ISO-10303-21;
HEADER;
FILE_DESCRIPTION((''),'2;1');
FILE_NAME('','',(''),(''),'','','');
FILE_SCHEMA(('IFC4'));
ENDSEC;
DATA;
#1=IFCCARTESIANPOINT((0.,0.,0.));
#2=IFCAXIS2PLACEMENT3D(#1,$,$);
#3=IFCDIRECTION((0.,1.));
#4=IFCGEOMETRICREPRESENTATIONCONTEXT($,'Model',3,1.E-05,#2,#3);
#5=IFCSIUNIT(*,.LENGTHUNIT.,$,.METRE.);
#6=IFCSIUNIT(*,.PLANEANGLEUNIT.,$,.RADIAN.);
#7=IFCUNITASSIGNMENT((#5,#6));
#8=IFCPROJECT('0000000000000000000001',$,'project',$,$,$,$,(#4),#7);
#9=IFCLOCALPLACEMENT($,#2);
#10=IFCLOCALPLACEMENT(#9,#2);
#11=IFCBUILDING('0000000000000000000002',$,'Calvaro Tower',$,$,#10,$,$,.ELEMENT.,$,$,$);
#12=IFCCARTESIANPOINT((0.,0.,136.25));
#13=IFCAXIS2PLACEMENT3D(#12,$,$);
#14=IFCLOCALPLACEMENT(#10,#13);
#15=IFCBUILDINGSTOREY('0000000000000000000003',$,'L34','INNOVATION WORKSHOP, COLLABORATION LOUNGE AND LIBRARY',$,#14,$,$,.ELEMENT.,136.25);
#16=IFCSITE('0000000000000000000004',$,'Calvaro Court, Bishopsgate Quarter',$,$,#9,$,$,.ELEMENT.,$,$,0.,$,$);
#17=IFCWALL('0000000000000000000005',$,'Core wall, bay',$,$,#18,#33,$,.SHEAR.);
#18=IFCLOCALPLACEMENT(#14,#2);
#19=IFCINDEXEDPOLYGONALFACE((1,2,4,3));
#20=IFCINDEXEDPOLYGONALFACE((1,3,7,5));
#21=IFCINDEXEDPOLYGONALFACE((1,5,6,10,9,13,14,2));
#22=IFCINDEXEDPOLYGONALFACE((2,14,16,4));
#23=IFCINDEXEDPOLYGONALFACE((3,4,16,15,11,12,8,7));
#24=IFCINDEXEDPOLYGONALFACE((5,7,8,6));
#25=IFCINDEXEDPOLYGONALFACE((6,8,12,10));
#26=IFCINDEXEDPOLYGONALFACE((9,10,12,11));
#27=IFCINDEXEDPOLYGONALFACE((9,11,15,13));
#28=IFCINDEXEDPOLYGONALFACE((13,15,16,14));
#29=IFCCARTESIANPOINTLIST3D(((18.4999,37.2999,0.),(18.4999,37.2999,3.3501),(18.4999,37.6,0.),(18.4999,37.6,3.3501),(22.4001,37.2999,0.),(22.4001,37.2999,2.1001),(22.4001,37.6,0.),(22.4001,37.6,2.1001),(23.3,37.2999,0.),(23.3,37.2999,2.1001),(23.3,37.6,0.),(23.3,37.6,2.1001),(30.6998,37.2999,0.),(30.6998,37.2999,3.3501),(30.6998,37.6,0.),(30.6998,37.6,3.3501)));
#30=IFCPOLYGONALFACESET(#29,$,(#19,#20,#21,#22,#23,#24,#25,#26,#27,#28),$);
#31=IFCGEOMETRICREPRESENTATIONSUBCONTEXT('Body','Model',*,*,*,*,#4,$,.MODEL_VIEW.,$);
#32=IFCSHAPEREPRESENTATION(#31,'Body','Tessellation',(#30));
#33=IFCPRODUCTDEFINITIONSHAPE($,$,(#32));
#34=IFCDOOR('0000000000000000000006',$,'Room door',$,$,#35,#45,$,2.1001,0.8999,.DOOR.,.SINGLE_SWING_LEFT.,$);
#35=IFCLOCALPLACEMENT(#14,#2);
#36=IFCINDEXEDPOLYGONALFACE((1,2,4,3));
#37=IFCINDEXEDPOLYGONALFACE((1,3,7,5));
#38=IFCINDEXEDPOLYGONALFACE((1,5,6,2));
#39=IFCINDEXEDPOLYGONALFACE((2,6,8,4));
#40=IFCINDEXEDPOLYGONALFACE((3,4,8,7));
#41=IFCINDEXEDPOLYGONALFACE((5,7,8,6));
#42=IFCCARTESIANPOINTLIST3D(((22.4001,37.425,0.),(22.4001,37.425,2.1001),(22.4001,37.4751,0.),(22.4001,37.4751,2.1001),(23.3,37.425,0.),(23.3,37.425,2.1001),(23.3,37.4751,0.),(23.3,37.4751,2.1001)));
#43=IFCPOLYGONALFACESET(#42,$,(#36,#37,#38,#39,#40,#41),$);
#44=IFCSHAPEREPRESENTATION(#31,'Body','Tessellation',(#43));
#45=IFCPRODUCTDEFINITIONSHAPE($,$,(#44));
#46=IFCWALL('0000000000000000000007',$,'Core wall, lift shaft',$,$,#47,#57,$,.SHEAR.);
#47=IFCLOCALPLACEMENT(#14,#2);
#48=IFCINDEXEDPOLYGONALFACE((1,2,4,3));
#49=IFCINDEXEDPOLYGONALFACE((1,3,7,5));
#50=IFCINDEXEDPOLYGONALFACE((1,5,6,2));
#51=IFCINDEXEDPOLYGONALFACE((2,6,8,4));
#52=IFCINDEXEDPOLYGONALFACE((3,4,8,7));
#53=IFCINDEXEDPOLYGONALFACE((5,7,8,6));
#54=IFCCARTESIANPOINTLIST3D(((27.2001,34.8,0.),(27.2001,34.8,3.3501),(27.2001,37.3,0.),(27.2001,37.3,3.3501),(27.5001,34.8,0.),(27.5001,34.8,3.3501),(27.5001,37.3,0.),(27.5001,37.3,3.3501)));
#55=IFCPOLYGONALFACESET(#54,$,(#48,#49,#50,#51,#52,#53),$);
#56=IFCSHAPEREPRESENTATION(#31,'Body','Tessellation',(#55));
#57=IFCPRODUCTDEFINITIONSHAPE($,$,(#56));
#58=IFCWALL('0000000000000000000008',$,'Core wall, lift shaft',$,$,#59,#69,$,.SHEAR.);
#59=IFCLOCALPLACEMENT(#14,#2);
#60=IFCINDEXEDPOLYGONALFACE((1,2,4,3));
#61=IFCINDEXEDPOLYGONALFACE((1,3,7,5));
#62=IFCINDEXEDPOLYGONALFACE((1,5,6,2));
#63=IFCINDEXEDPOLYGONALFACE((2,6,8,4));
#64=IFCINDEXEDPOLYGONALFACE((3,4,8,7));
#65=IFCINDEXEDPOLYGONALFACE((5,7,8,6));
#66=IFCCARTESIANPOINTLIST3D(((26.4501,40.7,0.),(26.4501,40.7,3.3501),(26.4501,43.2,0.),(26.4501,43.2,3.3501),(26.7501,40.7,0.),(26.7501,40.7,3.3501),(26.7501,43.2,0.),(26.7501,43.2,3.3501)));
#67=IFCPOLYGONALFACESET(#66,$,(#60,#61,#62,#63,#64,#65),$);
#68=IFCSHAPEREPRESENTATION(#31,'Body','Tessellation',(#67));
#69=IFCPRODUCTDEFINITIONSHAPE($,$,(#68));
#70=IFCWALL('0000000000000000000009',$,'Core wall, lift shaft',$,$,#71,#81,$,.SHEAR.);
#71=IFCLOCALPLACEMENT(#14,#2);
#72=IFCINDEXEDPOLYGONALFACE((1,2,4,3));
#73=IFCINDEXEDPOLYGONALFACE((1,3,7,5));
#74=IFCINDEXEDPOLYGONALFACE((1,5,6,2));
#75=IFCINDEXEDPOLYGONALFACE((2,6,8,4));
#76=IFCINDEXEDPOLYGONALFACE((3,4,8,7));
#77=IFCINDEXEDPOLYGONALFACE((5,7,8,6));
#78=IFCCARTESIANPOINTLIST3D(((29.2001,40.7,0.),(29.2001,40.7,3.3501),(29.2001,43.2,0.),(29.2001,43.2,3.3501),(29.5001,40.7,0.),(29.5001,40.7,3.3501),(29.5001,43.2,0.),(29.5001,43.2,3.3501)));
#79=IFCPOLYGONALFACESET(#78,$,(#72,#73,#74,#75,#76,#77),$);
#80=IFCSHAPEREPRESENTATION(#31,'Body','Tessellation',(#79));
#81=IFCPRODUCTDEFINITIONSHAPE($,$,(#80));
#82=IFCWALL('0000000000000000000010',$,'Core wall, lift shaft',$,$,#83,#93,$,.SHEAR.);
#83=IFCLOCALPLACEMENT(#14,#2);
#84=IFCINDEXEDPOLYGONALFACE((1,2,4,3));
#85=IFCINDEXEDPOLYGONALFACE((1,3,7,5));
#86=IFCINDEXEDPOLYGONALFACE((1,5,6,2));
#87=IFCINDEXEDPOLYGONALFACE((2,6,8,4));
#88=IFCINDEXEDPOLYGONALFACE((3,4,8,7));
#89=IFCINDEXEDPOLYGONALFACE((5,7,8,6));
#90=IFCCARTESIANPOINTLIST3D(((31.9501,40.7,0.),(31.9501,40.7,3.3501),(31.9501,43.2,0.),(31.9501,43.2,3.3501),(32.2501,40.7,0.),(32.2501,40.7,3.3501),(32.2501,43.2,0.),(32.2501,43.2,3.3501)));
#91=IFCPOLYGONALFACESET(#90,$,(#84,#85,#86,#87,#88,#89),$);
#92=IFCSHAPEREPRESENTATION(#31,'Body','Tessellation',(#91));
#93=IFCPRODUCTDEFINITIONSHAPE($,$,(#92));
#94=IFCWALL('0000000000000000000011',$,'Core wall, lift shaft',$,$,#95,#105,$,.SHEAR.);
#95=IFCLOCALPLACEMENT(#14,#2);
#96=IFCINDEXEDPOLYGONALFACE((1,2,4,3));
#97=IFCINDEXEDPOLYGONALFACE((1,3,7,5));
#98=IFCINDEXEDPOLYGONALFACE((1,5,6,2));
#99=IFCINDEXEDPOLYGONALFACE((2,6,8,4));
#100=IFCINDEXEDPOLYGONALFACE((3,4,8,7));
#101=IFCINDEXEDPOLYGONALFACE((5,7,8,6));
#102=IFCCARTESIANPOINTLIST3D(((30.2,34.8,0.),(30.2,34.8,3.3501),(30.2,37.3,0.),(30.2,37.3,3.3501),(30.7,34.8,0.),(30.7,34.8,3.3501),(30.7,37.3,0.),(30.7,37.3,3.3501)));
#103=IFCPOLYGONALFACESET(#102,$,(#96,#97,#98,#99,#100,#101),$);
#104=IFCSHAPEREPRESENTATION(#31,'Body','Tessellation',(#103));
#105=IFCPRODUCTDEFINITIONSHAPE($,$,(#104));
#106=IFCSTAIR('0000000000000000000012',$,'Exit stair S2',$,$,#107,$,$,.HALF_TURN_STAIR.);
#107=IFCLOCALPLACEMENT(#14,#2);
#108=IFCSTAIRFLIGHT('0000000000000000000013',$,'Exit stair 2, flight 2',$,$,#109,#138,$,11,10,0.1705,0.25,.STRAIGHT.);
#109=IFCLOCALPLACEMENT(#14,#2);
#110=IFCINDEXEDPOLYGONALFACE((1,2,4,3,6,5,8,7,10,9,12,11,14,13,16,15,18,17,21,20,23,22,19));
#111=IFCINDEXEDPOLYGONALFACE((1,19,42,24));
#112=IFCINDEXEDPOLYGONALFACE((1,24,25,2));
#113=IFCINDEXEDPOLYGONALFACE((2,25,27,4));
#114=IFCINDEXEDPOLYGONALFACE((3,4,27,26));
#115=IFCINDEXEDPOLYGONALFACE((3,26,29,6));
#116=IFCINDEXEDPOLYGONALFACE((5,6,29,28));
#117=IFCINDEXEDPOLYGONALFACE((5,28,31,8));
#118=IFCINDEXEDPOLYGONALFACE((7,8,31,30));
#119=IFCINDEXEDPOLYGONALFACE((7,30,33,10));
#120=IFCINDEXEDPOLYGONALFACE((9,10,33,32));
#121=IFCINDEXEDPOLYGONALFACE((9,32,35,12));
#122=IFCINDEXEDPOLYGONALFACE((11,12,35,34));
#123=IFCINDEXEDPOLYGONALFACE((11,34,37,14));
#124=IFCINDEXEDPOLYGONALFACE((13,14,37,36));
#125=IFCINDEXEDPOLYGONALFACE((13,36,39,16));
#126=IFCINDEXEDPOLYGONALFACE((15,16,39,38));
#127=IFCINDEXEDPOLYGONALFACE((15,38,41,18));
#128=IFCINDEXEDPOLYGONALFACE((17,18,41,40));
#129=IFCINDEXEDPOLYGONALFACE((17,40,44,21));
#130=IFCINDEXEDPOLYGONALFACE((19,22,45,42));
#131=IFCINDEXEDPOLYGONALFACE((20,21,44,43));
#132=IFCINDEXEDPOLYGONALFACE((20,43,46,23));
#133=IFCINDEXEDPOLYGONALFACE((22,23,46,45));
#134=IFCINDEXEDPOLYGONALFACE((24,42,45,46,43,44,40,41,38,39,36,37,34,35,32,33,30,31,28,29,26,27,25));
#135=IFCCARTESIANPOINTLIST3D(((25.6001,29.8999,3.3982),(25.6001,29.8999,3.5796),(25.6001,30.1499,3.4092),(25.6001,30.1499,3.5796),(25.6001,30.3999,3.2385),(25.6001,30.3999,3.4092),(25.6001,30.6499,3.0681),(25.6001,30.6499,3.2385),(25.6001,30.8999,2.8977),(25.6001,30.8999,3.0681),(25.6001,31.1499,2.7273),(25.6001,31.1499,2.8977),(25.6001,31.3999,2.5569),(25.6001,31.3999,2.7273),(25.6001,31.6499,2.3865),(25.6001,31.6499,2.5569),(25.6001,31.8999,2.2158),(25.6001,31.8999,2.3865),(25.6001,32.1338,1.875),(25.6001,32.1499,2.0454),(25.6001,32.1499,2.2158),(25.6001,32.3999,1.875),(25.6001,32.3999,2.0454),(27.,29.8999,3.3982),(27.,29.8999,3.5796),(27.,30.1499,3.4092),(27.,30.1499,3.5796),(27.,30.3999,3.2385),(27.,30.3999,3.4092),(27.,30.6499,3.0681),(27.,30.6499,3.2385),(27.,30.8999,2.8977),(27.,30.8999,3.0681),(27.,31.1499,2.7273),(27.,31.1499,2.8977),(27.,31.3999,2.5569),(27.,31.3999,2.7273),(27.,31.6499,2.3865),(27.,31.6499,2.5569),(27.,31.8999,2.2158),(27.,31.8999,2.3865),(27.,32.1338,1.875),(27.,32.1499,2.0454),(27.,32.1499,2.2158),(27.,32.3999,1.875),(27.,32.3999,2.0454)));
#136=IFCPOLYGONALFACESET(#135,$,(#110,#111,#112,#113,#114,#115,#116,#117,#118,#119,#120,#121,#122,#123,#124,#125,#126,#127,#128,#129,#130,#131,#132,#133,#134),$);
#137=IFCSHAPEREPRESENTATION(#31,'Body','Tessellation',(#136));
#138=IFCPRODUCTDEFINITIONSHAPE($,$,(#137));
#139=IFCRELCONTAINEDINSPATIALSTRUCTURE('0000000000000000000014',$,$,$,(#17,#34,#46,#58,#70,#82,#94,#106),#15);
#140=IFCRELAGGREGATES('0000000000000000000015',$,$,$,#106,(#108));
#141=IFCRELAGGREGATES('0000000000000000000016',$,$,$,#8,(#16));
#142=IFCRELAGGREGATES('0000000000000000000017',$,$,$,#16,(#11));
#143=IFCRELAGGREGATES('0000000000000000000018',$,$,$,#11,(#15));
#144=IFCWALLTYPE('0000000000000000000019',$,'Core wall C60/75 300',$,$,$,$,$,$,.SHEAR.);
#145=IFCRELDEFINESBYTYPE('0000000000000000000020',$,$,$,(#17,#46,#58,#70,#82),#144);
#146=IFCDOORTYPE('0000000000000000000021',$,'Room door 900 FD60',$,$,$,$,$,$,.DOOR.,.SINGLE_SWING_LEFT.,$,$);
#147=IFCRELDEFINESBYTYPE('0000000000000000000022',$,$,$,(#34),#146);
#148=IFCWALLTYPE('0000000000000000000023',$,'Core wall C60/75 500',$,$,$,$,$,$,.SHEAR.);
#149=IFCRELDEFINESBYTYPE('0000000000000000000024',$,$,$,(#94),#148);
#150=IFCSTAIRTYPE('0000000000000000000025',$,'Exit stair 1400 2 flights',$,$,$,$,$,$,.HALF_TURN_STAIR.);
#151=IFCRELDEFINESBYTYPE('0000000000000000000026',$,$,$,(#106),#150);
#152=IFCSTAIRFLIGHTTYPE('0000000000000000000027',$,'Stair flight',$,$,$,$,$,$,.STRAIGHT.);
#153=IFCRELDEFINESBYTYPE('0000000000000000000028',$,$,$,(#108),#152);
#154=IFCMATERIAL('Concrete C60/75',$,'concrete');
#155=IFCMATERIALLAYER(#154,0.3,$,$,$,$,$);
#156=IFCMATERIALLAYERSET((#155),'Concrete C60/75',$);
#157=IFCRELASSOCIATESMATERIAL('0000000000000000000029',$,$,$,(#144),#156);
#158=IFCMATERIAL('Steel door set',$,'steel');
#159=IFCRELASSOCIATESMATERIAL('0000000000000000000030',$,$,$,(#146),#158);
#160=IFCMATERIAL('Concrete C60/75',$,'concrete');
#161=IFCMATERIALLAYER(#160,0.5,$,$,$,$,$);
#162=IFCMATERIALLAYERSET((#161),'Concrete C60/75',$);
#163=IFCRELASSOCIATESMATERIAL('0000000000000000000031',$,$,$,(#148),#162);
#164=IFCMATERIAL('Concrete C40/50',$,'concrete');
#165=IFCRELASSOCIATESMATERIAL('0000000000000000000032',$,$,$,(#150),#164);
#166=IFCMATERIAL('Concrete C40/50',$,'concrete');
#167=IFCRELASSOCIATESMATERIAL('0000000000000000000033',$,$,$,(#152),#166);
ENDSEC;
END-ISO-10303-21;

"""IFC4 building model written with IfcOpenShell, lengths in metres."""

from ifc_helpers import new_model, si_unit, direction, frame, frame_2d, origin, place, context, subcontext, project, spatial, polyline, rectangle, outline, extrude, material, layer, layer_set, type_object, element, fill, aggregate, save


model = new_model("IFC4")

# Units and contexts
model_context = context("Model", 3, precision=1e-05, world=origin(), true_north=direction((0.0, 1.0)))
body_context = subcontext(model_context, "Body", "Model", "MODEL_VIEW")
ifc_project = project(units=[si_unit("LENGTHUNIT", "METRE"), si_unit("PLANEANGLEUNIT", "RADIAN")], contexts=[model_context])

# Site, building, storey
site_placement = place(None, origin())
site = spatial("IfcSite", under=ifc_project, at=site_placement, Name="Calvaro Court, Bishopsgate Quarter", CompositionType="ELEMENT", RefElevation=0.0)
building_placement = place(site_placement, origin())
building = spatial("IfcBuilding", under=site, at=building_placement, Name="Calvaro Tower", CompositionType="ELEMENT")
storey_placement = place(building_placement, frame((0.0, 0.0, 136.25)))
storey = spatial("IfcBuildingStorey", under=building, at=storey_placement, Name="L34", Description="INNOVATION WORKSHOP, COLLABORATION LOUNGE AND LIBRARY", CompositionType="ELEMENT", Elevation=136.25)

# Wall, opening, door
ifc_material_1 = material(Name="Concrete C60/75", Category="concrete")
ifc_layer_1 = layer(ifc_material_1, 0.3)
ifc_layer_set_1 = layer_set([ifc_layer_1], Name="Concrete C60/75")
wall_type_1 = type_object("IfcWallType", Name="Core wall C60/75 300", PredefinedType="SHEAR", material=ifc_layer_set_1)
wall_1_placement = place(storey_placement, frame((30.7, 37.45, 0.0), z_axis=(0.0, 0.0, 1.0), x_axis=(-1.0, 0.0, 0.0)))
wall_1 = element("IfcWall", 1, at=wall_1_placement, inside=storey, type_object=wall_type_1, Name="Core wall, bay", PredefinedType="SHEAR", context=body_context, shape_type="SweptSolid", body=[
    extrude(rectangle(XDim=12.2, YDim=0.3, at=frame_2d((6.1001, 0.0))), origin(), (0.0, 0.0, 1.0), 3.3501),
])
opening_placement = place(wall_1_placement, frame((7.3999, 0.0, 0.0)))
opening = element("IfcOpeningElement", 2, at=opening_placement, cuts=wall_1, PredefinedType="OPENING", context=body_context, shape_type="SweptSolid", body=[
    extrude(rectangle(XDim=0.8999, YDim=2.1001, at=frame_2d((0.45, 1.05))), frame((0.0, 0.1599, 0.0), z_axis=(0.0, -1.0, 0.0), x_axis=(1.0, 0.0, 0.0)), (0.0, 0.0, 1.0), 0.3201),
])
ifc_material_2 = material(Name="Steel door set", Category="steel")
door_type = type_object("IfcDoorType", Name="Room door 900 FD60", OperationType="SINGLE_SWING_LEFT", PredefinedType="DOOR", material=ifc_material_2)
door_placement = place(opening_placement, origin())
door = element("IfcDoor", 3, at=door_placement, inside=storey, type_object=door_type, Name="Room door", OperationType="SINGLE_SWING_LEFT", OverallHeight=2.1001, OverallWidth=0.8999, PredefinedType="DOOR", context=body_context, shape_type="SweptSolid", body=[
    extrude(rectangle(XDim=0.8999, YDim=2.1001, at=frame_2d((0.45, 1.05))), frame((0.0, 0.0249, 0.0), z_axis=(0.0, -1.0, 0.0), x_axis=(1.0, 0.0, 0.0)), (0.0, 0.0, 1.0), 0.05),
])
fill(opening, door)

# Walls
for number, where, z_axis, x_axis, name in (
    (4, (27.3501, 34.8, 0.0), (0.0, 0.0, 1.0), (0.0, 1.0, 0.0), "Core wall, lift shaft"),
    (5, (26.6001, 40.7, 0.0), (0.0, 0.0, 1.0), (0.0, 1.0, 0.0), "Core wall, lift shaft"),
    (6, (29.3501, 40.7, 0.0), (0.0, 0.0, 1.0), (0.0, 1.0, 0.0), "Core wall, lift shaft"),
    (7, (32.1001, 40.7, 0.0), (0.0, 0.0, 1.0), (0.0, 1.0, 0.0), "Core wall, lift shaft"),
):
    element("IfcWall", number, at=place(storey_placement, frame(where, z_axis=z_axis, x_axis=x_axis)), inside=storey, type_object=wall_type_1, Name=name, PredefinedType="SHEAR", context=body_context, shape_type="SweptSolid", body=[
        extrude(rectangle(XDim=2.5, YDim=0.3, at=frame_2d((1.25, 0.0))), origin(), (0.0, 0.0, 1.0), 3.3501),
    ])
ifc_material_3 = material(Name="Concrete C60/75", Category="concrete")
ifc_layer_2 = layer(ifc_material_3, 0.5)
ifc_layer_set_2 = layer_set([ifc_layer_2], Name="Concrete C60/75")
wall_type_2 = type_object("IfcWallType", Name="Core wall C60/75 500", PredefinedType="SHEAR", material=ifc_layer_set_2)
wall_2_placement = place(storey_placement, frame((30.45, 34.8, 0.0), z_axis=(0.0, 0.0, 1.0), x_axis=(0.0, 1.0, 0.0)))
element("IfcWall", 8, at=wall_2_placement, inside=storey, type_object=wall_type_2, Name="Core wall, lift shaft", PredefinedType="SHEAR", context=body_context, shape_type="SweptSolid", body=[
    extrude(rectangle(XDim=2.5, YDim=0.5, at=frame_2d((1.25, 0.0))), origin(), (0.0, 0.0, 1.0), 3.3501),
])

# Stair, stair flight
ifc_material_4 = material(Name="Concrete C40/50", Category="concrete")
stair_type = type_object("IfcStairType", Name="Exit stair 1400 2 flights", PredefinedType="HALF_TURN_STAIR", material=ifc_material_4)
stair_placement = place(storey_placement, origin())
stair = element("IfcStair", 9, at=stair_placement, inside=storey, type_object=stair_type, Name="Exit stair S2", PredefinedType="HALF_TURN_STAIR")
ifc_material_5 = material(Name="Concrete C40/50", Category="concrete")
stair_flight_type = type_object("IfcStairFlightType", Name="Stair flight", PredefinedType="STRAIGHT", material=ifc_material_5)
stair_flight_placement = place(storey_placement, frame((26.3, 32.3999, 1.875), z_axis=(0.0, 0.0, 1.0), x_axis=(0.0, -1.0, 0.0)))
stair_flight = element("IfcStairFlight", 10, at=stair_flight_placement, type_object=stair_flight_type, Name="Exit stair 2, flight 2", NumberOfRisers=11, NumberOfTreads=10, PredefinedType="STRAIGHT", RiserHeight=0.1705, TreadLength=0.25, context=body_context, shape_type="SweptSolid", body=[
    extrude(outline(polyline([(0.0, 0.0), (0.0, 0.1704), (0.25, 0.1704), (0.25, 0.3408), (0.5, 0.3408), (0.5, 0.5115), (0.75, 0.5115), (0.75, 0.6819), (1.0, 0.6819), (1.0, 0.8523), (1.25, 0.8523), (1.25, 1.0227), (1.5, 1.0227), (1.5, 1.1931), (1.75, 1.1931), (1.75, 1.3635), (2.0, 1.3635), (2.0, 1.5342), (2.25, 1.5342), (2.25, 1.7046), (2.5, 1.7046), (2.5, 1.875), (2.5, 1.5232), (0.2661, 0.0), (0.0, 0.0)])), frame((0.0, 0.7, 0.0), z_axis=(0.0, -1.0, 0.0), x_axis=(1.0, 0.0, 0.0)), (0.0, 0.0, 1.0), 1.3999),
])
aggregate(stair, [stair_flight])

save(model, "model.ifc")
